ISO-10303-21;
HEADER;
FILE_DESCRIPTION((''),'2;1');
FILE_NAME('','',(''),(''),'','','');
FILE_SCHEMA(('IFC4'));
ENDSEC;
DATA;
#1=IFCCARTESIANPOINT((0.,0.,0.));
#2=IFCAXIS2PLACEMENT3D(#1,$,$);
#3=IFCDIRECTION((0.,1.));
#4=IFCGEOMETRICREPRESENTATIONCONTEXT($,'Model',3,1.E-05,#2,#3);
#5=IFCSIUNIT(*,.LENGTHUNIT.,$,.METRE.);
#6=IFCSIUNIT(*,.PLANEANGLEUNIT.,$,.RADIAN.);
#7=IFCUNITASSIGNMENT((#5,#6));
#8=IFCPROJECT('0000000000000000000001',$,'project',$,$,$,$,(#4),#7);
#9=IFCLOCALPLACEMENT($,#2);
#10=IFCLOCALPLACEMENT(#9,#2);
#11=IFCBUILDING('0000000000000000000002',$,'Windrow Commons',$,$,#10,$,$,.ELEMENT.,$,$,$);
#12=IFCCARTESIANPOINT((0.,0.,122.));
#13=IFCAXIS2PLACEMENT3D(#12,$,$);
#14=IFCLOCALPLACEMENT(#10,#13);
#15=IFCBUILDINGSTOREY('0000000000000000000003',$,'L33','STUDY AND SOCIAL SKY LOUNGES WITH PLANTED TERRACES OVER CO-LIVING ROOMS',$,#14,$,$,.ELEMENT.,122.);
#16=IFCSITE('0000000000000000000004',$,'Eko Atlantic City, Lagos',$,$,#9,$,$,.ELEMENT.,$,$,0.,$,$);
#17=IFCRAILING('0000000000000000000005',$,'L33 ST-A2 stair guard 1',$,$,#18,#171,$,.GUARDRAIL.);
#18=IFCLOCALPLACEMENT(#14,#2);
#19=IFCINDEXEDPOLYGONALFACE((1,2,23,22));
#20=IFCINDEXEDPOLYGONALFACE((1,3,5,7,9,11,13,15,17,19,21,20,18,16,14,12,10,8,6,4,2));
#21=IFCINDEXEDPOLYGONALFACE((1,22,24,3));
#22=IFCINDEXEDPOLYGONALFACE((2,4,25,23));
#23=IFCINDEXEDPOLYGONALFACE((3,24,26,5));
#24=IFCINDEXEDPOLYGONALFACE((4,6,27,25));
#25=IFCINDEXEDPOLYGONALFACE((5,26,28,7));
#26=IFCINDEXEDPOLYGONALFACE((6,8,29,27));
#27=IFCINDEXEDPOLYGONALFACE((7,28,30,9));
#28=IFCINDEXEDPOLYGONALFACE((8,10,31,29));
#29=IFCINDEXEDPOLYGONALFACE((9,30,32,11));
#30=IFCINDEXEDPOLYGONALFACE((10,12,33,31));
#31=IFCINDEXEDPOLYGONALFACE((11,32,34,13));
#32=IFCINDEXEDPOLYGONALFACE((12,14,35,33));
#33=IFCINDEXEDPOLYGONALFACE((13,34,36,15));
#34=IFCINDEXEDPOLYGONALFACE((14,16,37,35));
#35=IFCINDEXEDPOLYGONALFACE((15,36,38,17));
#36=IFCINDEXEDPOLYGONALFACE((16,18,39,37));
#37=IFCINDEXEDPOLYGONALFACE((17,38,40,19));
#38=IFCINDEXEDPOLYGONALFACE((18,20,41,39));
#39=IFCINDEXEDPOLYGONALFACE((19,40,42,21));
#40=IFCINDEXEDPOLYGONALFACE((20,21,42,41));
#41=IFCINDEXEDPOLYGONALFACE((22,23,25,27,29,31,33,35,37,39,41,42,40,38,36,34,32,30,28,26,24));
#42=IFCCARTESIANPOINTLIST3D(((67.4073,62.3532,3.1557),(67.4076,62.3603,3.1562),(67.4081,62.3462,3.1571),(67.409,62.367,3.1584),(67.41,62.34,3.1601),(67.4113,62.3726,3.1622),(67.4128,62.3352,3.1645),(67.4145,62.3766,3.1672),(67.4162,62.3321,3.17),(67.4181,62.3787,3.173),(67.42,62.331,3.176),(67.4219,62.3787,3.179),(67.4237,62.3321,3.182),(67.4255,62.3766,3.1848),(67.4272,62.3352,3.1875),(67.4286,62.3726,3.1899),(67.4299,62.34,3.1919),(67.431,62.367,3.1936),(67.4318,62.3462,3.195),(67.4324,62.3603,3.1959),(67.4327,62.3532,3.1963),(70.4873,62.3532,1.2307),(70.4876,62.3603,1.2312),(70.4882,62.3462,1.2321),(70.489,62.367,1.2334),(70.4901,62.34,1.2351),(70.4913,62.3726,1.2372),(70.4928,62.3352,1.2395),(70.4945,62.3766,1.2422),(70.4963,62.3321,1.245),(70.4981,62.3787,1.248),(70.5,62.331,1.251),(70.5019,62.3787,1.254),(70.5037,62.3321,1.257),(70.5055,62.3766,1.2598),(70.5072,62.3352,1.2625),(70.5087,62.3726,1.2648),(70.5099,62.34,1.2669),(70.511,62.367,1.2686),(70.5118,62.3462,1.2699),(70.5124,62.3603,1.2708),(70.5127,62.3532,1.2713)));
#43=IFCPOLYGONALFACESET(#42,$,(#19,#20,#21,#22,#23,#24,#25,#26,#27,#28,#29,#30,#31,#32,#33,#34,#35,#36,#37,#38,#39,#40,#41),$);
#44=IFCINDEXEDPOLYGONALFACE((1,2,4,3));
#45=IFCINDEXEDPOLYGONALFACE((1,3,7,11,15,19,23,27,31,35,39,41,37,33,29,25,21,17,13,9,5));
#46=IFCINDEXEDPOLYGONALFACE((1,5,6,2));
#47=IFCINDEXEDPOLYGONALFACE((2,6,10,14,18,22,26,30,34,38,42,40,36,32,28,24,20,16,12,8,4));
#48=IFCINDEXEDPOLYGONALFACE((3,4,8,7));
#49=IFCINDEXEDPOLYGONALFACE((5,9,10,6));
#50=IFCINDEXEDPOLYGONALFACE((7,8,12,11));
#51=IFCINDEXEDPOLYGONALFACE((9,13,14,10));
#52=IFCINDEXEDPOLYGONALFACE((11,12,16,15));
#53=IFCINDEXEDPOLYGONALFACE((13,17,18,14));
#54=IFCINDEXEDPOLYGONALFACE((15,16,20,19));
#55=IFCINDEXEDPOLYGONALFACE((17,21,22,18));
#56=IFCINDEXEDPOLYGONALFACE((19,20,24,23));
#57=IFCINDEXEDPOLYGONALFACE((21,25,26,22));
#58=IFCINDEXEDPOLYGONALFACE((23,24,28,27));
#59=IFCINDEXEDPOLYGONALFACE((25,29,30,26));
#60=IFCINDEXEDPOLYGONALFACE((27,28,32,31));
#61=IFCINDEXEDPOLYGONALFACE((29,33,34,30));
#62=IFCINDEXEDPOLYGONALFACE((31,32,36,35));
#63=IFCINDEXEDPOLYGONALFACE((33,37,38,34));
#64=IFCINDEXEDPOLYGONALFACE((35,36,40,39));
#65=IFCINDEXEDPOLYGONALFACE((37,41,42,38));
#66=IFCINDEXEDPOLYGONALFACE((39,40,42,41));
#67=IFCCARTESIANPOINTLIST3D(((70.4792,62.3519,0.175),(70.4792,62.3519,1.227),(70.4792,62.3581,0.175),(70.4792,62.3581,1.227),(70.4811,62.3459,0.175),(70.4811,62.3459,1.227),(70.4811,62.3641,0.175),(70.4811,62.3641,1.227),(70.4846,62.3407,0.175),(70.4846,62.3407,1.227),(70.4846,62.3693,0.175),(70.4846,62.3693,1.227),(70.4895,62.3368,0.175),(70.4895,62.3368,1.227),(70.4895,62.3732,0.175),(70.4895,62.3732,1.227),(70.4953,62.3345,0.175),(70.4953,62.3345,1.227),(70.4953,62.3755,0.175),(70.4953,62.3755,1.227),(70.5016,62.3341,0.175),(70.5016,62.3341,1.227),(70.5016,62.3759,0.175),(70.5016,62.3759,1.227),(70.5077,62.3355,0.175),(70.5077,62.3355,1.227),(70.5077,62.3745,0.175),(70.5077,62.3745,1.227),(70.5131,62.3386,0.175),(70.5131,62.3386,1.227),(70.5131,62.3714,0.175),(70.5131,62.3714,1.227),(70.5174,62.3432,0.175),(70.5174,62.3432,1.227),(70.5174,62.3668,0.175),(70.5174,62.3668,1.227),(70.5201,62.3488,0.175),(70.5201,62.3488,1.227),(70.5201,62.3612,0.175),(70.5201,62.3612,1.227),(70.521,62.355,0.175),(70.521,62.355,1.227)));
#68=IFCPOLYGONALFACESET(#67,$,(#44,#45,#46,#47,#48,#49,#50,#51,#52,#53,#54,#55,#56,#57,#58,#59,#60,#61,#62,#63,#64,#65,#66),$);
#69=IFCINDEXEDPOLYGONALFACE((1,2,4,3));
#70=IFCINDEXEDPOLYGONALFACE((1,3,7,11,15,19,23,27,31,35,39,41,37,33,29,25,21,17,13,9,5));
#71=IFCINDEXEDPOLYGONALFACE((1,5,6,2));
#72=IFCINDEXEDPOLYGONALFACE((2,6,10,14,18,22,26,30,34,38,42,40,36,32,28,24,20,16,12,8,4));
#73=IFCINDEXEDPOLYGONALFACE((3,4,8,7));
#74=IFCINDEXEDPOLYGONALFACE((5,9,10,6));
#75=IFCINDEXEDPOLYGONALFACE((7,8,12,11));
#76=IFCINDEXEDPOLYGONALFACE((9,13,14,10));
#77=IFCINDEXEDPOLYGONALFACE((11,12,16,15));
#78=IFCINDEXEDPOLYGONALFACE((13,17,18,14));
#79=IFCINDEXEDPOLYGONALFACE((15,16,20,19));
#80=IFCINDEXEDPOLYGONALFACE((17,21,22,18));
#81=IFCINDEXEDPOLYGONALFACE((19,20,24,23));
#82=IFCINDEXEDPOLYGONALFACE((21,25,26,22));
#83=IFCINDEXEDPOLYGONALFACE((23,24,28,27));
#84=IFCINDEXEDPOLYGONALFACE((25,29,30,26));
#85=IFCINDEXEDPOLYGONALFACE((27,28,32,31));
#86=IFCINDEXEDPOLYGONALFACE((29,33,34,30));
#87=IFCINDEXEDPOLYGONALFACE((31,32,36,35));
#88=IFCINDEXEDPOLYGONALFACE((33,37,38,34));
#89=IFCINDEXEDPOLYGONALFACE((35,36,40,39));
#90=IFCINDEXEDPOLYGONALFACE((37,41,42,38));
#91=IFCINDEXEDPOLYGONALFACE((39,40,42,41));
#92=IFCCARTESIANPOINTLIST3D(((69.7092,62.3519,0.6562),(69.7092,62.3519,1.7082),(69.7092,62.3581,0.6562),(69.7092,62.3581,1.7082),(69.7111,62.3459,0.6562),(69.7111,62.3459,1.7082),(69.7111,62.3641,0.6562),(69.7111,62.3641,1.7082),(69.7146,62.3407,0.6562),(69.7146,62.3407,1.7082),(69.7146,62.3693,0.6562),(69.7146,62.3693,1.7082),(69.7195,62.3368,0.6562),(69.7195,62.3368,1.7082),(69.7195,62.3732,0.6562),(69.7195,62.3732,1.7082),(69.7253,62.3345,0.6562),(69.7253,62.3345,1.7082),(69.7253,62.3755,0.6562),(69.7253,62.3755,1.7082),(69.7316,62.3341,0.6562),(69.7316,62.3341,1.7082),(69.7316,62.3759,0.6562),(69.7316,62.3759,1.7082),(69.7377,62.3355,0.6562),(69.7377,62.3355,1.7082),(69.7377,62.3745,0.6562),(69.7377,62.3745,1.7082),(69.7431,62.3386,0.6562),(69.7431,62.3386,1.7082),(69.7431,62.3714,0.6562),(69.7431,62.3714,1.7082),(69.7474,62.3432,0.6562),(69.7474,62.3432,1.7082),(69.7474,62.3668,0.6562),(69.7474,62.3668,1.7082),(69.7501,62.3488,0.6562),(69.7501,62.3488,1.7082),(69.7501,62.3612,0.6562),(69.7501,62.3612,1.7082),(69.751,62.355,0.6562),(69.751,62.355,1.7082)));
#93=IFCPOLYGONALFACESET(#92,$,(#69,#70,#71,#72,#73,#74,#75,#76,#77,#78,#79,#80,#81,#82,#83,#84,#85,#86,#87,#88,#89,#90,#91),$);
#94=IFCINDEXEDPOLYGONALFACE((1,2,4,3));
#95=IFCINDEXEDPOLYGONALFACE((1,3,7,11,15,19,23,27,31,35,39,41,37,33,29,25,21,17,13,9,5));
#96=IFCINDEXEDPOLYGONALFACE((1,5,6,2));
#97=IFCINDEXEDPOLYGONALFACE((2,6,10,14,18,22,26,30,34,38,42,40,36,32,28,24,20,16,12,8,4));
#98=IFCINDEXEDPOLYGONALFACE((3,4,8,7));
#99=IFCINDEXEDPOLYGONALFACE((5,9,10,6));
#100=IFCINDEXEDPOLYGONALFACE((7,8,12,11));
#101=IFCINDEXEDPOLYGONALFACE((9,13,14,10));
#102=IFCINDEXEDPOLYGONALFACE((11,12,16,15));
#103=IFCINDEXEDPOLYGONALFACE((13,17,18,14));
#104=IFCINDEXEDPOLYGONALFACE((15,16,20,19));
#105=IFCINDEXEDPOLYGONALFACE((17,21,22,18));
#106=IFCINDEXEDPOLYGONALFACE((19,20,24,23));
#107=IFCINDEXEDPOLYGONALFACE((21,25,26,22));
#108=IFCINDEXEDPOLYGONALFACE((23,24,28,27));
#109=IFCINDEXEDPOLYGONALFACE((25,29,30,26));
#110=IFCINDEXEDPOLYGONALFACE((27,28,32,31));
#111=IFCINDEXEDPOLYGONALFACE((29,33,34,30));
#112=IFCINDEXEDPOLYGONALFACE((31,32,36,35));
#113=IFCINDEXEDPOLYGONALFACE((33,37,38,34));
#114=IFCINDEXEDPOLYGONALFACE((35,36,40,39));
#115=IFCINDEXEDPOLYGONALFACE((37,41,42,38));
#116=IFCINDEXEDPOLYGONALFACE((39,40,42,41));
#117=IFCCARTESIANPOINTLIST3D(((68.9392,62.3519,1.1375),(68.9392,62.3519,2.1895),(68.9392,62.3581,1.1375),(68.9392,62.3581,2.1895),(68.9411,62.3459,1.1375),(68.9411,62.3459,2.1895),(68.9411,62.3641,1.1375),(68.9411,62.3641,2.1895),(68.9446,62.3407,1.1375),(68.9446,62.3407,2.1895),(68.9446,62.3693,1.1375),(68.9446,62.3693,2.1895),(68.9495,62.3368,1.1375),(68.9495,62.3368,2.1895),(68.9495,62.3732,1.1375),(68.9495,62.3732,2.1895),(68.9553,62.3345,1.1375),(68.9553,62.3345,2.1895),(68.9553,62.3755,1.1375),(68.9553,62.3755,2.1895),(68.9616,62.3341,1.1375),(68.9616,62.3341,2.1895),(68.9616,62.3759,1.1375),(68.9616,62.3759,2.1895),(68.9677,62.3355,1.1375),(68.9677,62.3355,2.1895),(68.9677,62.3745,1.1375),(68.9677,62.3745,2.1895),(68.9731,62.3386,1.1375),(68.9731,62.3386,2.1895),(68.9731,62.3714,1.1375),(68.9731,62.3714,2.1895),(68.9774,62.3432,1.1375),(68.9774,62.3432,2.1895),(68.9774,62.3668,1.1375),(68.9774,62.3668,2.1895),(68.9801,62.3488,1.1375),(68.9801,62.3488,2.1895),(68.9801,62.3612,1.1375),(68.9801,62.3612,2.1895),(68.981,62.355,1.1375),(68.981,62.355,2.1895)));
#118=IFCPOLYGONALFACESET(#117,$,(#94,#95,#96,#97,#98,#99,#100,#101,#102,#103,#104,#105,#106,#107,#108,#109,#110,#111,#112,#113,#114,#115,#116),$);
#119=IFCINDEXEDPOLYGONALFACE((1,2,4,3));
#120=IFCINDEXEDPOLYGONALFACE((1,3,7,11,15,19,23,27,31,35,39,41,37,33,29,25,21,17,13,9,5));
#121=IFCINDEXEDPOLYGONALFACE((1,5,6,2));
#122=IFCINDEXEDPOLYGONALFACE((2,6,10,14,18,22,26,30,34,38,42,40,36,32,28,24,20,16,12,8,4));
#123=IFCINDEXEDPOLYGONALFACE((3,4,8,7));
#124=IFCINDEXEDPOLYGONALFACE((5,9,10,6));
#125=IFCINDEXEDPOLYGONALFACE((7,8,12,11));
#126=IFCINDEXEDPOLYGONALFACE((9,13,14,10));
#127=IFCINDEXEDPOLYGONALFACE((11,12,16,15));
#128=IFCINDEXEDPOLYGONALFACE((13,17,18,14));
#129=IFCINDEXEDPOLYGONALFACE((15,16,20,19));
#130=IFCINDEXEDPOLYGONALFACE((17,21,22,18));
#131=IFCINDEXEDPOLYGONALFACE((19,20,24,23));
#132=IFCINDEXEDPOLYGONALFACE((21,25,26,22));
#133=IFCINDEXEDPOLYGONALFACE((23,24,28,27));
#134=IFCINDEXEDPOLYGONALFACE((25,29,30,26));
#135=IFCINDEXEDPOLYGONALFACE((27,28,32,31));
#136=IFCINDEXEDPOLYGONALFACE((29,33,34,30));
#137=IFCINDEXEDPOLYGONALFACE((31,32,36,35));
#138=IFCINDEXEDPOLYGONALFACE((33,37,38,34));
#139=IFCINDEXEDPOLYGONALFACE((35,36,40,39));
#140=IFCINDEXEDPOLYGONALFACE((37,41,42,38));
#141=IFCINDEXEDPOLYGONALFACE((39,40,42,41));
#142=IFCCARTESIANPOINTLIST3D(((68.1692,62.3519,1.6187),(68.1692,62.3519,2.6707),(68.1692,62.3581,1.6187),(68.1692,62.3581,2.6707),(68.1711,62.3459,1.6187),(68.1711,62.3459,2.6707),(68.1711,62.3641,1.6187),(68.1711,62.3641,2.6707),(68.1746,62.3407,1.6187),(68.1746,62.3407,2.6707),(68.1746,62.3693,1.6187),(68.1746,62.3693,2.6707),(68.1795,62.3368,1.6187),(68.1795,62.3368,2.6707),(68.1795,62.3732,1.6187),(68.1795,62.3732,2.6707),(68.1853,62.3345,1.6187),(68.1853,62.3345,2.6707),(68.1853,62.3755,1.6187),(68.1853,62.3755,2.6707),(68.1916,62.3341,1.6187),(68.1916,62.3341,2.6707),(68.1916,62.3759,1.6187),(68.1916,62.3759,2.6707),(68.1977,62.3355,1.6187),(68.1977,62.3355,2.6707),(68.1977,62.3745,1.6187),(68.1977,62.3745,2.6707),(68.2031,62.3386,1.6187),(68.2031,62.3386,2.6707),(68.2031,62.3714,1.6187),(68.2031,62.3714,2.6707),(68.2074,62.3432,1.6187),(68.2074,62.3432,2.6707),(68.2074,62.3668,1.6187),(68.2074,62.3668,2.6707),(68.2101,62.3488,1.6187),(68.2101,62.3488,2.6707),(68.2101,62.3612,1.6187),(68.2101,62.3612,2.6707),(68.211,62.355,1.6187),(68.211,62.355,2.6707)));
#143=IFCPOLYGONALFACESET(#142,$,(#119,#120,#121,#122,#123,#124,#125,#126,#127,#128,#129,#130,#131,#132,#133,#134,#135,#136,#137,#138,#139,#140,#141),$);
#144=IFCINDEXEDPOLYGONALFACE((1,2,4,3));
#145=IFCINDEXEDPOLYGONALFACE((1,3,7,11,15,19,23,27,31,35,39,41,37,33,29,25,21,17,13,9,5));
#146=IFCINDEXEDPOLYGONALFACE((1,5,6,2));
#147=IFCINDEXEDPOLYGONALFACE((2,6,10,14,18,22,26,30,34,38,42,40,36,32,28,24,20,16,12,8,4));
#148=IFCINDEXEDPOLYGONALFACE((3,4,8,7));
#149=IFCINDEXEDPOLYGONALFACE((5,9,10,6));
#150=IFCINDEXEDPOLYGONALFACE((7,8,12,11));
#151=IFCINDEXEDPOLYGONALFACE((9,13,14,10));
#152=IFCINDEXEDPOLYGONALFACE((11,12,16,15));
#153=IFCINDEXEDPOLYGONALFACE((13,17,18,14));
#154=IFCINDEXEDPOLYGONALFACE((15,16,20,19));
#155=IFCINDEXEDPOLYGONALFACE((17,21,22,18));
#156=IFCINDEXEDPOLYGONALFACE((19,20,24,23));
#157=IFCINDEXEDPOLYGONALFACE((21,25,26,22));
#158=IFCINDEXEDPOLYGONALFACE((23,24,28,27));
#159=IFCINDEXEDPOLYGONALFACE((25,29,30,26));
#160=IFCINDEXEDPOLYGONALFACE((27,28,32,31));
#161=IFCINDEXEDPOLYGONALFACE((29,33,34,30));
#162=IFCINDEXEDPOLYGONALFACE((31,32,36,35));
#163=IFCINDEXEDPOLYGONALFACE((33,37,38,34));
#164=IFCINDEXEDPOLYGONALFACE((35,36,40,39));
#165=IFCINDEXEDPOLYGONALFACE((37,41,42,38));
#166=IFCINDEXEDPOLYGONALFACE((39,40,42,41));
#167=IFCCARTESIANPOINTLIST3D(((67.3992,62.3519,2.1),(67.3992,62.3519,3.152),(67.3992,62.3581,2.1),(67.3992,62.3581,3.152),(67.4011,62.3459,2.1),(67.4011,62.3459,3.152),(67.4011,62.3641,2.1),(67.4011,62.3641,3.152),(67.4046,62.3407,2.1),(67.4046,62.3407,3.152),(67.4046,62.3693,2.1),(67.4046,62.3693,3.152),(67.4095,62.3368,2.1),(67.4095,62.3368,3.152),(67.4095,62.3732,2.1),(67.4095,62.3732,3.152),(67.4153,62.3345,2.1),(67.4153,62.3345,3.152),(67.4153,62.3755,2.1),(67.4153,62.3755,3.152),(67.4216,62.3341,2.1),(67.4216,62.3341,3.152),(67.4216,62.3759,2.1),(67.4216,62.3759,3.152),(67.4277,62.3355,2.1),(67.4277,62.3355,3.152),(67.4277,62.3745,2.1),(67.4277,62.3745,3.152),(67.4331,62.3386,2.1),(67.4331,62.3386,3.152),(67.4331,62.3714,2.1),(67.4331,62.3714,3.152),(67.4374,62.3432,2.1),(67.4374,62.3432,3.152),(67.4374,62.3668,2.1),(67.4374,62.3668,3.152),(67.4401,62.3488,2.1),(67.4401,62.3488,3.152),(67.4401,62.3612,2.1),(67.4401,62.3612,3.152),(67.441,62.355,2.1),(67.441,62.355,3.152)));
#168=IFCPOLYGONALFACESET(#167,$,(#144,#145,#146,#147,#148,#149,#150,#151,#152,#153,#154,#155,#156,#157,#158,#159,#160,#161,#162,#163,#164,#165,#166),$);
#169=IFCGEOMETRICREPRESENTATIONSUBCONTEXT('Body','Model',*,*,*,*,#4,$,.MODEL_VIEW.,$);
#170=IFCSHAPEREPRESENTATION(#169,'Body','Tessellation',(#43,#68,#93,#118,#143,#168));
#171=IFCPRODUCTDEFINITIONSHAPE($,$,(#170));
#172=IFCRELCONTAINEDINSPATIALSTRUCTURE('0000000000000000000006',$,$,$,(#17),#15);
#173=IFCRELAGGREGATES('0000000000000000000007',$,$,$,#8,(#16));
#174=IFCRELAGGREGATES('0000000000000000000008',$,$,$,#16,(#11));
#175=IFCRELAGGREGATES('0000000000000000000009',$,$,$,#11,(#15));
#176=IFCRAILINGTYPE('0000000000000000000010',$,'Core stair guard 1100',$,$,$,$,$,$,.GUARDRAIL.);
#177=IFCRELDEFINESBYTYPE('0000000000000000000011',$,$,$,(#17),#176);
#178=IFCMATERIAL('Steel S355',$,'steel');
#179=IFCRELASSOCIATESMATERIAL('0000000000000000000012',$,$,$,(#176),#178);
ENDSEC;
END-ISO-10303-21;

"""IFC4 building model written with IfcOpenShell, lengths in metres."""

from ifc_helpers import new_model, si_unit, direction, frame, origin, origin_2d, place, context, subcontext, project, spatial, circle, extrude, material, type_object, element, save


model = new_model("IFC4")

# Units and contexts
model_context = context("Model", 3, precision=1e-05, world=origin(), true_north=direction((0.0, 1.0)))
body_context = subcontext(model_context, "Body", "Model", "MODEL_VIEW")
ifc_project = project(units=[si_unit("LENGTHUNIT", "METRE"), si_unit("PLANEANGLEUNIT", "RADIAN")], contexts=[model_context])

# Site, building, storey
site_placement = place(None, origin())
site = spatial("IfcSite", under=ifc_project, at=site_placement, Name="Eko Atlantic City, Lagos", CompositionType="ELEMENT", RefElevation=0.0)
building_placement = place(site_placement, origin())
building = spatial("IfcBuilding", under=site, at=building_placement, Name="Windrow Commons", CompositionType="ELEMENT")
storey_placement = place(building_placement, frame((0.0, 0.0, 122.0)))
storey = spatial("IfcBuildingStorey", under=building, at=storey_placement, Name="L33", Description="STUDY AND SOCIAL SKY LOUNGES WITH PLANTED TERRACES OVER CO-LIVING ROOMS", CompositionType="ELEMENT", Elevation=122.0)

# Railing
ifc_material_1 = material(Name="Steel S355", Category="steel")
railing_type_1 = type_object("IfcRailingType", Name="Core stair guard 1100", PredefinedType="GUARDRAIL", material=ifc_material_1)
railing_1_placement = place(storey_placement, frame((70.5, 62.355, 0.175)))
element("IfcRailing", 1, at=railing_1_placement, inside=storey, type_object=railing_type_1, Name="L33 ST-A2 stair guard 1", PredefinedType="GUARDRAIL", context=body_context, shape_type="SweptSolid", body=[
    extrude(circle(Radius=0.024, at=origin_2d()), frame((0.0, 0.0, 1.076), z_axis=(-0.847998, 0.0, 0.529999), x_axis=(0.0, -1.0, 0.0)), (0.0, 0.0, 1.0), 3.6321),
    extrude(circle(Radius=0.021, at=origin_2d()), origin(), (0.0, 0.0, 1.0), 1.052),
    extrude(circle(Radius=0.021, at=origin_2d()), frame((-0.77, 0.0, 0.4812)), (0.0, 0.0, 1.0), 1.052),
    extrude(circle(Radius=0.021, at=origin_2d()), frame((-1.54, 0.0, 0.9625)), (0.0, 0.0, 1.0), 1.052),
    extrude(circle(Radius=0.021, at=origin_2d()), frame((-2.31, 0.0, 1.4437)), (0.0, 0.0, 1.0), 1.052),
    extrude(circle(Radius=0.021, at=origin_2d()), frame((-3.08, 0.0, 1.925)), (0.0, 0.0, 1.0), 1.052),
])

save(model, "model.ifc")
